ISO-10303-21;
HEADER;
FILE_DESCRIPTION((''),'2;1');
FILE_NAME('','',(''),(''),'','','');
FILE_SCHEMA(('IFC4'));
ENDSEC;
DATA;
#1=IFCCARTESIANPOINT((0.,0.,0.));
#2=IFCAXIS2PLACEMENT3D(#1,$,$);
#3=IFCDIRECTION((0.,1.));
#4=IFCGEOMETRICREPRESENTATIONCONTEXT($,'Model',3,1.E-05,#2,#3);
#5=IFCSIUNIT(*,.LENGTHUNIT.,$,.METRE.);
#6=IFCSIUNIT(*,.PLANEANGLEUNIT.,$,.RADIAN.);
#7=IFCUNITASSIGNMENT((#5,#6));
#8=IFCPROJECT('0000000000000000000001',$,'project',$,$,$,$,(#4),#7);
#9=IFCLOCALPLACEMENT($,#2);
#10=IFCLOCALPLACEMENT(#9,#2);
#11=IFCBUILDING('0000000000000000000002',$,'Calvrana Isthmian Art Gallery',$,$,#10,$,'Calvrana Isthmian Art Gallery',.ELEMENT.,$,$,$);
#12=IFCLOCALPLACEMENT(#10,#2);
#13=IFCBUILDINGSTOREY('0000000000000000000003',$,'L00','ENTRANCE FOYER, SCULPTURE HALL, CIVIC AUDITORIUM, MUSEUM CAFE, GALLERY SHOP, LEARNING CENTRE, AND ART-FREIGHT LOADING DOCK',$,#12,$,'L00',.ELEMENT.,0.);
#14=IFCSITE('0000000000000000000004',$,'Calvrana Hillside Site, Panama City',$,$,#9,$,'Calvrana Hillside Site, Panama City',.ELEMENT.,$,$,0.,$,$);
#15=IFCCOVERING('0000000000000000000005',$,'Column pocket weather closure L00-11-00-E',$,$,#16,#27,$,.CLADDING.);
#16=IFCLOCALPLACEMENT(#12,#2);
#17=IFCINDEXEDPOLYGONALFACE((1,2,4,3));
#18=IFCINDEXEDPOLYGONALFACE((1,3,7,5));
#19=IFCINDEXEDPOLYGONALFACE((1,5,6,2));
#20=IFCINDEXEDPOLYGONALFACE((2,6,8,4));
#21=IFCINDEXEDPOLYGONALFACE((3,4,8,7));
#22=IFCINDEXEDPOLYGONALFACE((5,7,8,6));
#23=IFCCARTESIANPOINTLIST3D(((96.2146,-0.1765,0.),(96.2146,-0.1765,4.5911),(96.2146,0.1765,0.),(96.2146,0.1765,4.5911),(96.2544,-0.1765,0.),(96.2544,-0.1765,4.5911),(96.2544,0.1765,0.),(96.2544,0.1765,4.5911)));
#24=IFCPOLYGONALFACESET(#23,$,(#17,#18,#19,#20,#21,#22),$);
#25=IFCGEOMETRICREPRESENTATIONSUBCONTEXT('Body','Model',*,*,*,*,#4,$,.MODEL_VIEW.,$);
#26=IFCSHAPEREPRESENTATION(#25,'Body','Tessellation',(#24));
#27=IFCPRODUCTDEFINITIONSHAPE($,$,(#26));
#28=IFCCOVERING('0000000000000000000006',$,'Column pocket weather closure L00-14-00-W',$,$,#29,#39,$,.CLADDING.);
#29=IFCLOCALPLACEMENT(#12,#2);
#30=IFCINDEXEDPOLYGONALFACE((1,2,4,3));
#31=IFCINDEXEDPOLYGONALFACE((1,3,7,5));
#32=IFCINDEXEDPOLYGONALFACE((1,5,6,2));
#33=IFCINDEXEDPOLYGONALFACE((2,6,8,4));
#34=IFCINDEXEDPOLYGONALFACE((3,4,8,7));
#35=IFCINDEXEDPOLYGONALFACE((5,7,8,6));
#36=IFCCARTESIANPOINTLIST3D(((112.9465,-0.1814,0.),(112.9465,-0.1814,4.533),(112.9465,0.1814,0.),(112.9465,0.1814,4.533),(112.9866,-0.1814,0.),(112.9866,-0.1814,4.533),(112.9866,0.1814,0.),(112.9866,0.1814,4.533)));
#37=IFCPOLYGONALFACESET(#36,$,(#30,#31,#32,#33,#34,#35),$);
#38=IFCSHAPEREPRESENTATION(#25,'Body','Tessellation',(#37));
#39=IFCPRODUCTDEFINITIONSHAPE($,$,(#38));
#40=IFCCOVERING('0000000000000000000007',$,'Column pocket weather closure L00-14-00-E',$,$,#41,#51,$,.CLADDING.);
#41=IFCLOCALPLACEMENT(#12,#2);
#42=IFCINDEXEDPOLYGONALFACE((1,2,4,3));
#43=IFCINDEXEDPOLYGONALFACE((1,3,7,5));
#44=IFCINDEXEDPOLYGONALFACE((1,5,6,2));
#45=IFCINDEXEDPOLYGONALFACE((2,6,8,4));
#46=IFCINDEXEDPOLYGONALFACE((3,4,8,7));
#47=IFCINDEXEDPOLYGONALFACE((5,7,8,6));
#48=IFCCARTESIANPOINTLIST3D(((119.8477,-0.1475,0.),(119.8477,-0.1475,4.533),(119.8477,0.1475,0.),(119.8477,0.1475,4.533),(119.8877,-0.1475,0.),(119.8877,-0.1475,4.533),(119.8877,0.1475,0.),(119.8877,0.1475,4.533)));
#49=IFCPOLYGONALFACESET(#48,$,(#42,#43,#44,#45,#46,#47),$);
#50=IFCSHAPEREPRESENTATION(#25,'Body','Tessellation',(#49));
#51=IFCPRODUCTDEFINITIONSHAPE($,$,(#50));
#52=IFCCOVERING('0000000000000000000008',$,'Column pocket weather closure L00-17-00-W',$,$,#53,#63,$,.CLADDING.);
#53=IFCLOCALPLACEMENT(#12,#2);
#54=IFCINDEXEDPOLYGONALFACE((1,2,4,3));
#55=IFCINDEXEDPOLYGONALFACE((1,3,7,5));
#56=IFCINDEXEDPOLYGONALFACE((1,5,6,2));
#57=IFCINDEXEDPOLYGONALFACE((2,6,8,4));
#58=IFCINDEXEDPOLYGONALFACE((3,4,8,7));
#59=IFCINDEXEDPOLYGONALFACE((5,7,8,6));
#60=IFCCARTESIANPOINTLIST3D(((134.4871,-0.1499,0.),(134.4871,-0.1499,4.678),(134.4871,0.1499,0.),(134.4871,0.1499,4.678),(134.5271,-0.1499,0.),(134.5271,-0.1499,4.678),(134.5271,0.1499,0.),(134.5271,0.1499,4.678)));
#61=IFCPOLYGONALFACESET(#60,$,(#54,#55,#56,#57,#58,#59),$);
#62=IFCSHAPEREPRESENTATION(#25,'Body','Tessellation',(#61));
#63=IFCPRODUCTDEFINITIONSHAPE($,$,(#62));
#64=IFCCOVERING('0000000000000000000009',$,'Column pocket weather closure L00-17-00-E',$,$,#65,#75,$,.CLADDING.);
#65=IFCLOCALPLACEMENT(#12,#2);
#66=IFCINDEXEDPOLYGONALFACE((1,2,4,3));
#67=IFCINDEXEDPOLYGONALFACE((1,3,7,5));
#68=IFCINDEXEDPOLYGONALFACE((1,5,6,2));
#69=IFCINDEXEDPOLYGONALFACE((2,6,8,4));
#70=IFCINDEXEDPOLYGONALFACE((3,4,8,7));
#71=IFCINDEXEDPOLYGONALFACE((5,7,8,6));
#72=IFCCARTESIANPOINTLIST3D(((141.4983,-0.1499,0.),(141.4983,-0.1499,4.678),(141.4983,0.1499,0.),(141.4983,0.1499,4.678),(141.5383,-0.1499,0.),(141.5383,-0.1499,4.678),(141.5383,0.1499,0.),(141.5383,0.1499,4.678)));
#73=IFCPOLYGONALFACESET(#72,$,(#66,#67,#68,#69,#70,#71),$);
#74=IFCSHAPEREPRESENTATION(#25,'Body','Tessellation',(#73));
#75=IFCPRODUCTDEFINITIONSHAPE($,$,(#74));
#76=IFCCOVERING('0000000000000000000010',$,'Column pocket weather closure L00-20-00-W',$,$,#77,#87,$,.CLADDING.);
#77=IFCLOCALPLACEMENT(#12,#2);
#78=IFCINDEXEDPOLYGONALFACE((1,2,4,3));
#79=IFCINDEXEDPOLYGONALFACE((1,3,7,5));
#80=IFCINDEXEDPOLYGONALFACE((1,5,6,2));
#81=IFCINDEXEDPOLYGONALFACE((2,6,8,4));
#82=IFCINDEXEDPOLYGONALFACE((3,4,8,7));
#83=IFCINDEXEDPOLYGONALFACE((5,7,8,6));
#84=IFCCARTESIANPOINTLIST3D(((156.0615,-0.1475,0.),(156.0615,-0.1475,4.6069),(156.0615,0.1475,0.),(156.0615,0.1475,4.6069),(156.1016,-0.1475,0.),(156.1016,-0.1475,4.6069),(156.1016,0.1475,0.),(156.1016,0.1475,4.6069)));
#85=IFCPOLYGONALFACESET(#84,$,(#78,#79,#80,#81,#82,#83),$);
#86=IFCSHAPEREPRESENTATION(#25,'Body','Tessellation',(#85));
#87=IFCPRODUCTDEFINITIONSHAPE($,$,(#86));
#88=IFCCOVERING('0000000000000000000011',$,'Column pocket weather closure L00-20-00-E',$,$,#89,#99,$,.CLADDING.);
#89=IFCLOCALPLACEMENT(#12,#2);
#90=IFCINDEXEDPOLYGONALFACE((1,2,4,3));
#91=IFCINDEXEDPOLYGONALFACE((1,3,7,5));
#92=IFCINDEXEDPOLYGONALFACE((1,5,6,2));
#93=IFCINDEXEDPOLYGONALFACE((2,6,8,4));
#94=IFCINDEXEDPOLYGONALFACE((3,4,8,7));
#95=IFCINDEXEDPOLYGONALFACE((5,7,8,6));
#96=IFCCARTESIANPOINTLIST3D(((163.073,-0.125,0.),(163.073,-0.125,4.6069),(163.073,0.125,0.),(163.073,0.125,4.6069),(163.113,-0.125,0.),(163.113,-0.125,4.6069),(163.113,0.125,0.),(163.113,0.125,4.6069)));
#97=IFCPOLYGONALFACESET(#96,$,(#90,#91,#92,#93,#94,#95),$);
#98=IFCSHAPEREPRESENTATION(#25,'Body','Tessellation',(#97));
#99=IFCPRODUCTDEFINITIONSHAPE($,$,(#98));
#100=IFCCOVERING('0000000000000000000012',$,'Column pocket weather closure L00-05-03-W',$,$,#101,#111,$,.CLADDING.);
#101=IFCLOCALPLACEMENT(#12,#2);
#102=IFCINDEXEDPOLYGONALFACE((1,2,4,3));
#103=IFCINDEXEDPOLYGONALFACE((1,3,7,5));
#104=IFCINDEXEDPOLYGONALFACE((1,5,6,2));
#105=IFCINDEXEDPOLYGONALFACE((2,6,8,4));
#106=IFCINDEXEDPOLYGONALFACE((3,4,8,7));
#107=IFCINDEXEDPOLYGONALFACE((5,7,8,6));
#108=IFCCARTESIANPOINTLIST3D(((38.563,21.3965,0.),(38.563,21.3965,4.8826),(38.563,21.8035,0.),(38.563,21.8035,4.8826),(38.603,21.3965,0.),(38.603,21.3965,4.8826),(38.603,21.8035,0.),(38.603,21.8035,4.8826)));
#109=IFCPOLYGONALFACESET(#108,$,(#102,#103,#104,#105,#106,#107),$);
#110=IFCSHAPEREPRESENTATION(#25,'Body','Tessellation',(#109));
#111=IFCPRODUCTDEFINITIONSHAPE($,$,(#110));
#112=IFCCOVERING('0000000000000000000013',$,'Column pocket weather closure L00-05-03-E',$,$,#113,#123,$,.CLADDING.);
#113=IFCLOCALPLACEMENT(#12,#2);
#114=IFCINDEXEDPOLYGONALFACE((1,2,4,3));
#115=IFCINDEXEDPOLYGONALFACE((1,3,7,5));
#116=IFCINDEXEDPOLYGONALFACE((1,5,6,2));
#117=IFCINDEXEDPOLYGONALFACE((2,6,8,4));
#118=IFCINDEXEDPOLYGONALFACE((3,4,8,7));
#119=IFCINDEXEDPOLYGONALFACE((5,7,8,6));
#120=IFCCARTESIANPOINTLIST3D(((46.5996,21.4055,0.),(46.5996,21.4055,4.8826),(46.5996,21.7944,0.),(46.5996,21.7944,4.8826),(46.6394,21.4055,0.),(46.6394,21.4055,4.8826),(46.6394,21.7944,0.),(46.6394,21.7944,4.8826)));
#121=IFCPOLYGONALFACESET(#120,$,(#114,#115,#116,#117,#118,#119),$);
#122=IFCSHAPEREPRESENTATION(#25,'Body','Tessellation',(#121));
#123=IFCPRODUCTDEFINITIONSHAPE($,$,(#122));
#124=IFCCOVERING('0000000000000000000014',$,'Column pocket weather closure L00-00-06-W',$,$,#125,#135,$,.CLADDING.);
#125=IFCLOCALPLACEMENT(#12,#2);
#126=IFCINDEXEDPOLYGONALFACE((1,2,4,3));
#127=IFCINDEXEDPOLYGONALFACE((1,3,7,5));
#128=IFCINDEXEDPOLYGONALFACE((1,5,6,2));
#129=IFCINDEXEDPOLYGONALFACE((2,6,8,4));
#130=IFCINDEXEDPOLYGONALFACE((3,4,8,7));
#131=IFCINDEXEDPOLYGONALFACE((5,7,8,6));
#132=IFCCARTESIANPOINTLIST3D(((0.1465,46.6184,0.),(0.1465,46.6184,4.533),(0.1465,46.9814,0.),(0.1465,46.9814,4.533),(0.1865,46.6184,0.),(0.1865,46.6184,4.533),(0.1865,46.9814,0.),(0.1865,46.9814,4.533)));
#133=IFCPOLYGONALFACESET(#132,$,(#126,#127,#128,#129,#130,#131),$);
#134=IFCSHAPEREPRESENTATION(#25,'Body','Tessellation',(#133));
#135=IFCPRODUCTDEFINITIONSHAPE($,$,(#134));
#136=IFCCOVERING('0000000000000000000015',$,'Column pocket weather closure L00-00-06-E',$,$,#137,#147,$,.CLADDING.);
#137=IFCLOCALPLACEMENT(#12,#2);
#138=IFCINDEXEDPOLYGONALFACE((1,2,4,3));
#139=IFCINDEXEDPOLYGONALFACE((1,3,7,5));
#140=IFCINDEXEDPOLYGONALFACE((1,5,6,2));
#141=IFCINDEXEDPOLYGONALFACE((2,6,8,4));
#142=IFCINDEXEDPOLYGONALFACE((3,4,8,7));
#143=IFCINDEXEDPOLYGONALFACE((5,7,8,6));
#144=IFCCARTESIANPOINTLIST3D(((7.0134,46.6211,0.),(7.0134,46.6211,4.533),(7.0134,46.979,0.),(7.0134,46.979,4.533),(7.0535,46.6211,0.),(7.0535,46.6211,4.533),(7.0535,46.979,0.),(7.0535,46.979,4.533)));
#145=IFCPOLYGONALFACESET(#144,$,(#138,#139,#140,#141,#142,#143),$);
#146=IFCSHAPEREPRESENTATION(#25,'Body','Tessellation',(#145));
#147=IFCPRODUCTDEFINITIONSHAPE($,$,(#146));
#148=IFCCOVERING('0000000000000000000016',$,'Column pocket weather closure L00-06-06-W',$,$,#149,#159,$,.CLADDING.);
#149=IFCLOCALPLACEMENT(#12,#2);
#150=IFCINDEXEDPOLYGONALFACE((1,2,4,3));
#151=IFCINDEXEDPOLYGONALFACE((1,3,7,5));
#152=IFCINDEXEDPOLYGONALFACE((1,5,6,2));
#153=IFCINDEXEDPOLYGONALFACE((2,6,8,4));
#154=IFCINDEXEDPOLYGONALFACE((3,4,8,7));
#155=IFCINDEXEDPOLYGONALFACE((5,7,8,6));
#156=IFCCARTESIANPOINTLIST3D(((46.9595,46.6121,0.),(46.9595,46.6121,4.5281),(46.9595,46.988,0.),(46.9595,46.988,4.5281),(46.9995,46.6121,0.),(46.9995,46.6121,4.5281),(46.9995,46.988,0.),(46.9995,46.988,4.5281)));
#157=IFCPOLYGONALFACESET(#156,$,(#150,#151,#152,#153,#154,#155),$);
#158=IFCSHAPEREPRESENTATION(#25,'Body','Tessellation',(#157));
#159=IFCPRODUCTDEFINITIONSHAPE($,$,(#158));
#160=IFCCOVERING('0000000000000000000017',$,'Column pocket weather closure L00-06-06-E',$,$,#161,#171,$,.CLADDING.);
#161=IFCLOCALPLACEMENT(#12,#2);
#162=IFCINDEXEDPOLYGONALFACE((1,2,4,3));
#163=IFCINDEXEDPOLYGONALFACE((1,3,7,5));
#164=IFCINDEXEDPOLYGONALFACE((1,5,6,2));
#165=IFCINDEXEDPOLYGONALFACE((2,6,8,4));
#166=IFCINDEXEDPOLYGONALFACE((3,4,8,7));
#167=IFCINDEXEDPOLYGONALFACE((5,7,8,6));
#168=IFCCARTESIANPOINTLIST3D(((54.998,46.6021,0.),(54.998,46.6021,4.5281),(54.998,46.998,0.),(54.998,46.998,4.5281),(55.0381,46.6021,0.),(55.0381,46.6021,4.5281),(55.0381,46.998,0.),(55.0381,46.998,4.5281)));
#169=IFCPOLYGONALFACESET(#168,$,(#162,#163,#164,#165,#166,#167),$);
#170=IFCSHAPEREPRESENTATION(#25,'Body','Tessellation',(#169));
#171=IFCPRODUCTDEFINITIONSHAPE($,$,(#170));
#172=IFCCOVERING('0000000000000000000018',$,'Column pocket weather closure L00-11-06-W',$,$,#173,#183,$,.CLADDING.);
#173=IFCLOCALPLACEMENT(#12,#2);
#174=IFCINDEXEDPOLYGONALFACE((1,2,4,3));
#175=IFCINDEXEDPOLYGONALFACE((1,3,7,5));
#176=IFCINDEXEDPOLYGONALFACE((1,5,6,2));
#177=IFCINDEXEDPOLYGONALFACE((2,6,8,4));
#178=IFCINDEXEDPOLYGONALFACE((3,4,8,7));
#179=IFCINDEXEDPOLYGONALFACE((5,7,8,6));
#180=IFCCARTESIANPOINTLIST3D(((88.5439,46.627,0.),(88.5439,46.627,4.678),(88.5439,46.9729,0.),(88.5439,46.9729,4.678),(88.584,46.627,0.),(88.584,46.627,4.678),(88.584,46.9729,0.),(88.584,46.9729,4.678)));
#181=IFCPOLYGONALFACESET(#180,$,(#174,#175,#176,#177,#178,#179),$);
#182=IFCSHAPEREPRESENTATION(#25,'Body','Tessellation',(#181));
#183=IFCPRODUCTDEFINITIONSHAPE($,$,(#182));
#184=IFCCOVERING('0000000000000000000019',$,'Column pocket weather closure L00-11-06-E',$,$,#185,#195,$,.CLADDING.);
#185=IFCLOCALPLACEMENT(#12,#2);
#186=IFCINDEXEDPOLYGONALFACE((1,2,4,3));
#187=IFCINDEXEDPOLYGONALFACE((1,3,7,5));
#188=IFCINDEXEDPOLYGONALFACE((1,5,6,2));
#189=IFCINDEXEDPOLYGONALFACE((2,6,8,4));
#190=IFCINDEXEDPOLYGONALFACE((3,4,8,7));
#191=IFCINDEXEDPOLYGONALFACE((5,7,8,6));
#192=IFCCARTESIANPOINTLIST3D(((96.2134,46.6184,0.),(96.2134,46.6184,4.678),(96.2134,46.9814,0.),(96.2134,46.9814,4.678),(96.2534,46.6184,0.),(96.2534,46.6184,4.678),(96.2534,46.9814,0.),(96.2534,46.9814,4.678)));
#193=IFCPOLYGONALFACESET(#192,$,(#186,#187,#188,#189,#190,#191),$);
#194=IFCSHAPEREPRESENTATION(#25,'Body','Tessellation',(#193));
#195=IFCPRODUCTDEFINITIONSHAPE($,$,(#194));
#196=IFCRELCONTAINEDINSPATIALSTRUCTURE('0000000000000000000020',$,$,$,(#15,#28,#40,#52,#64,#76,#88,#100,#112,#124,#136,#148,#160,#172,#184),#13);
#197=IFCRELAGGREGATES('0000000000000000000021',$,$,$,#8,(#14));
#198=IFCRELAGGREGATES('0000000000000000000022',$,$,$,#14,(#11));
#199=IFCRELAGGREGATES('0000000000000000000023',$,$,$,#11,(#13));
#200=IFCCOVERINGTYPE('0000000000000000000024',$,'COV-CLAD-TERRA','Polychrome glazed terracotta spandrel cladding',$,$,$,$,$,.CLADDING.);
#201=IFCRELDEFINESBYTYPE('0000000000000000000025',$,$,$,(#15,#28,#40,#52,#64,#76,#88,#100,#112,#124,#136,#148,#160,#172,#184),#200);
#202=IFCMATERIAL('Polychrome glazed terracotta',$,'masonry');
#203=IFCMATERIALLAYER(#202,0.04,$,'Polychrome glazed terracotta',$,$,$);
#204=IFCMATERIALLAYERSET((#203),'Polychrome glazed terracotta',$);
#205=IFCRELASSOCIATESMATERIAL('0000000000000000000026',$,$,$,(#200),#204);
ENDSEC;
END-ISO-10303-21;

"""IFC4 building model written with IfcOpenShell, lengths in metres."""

from ifc_helpers import new_model, si_unit, direction, origin, place, context, subcontext, project, spatial, polyline, outline, extrude, material, layer, layer_set, type_object, element, save


model = new_model("IFC4")

# Units and contexts
model_context = context("Model", 3, precision=1e-05, world=origin(), true_north=direction((0.0, 1.0)))
body_context = subcontext(model_context, "Body", "Model", "MODEL_VIEW")
ifc_project = project(units=[si_unit("LENGTHUNIT", "METRE"), si_unit("PLANEANGLEUNIT", "RADIAN")], contexts=[model_context])

# Site, building, storey
site_placement = place(None, origin())
site = spatial("IfcSite", under=ifc_project, at=site_placement, Name="Calvrana Hillside Site, Panama City", LongName="Calvrana Hillside Site, Panama City", CompositionType="ELEMENT", RefElevation=0.0)
building_placement = place(site_placement, origin())
building = spatial("IfcBuilding", under=site, at=building_placement, Name="Calvrana Isthmian Art Gallery", LongName="Calvrana Isthmian Art Gallery", CompositionType="ELEMENT")
storey_placement = place(building_placement, origin())
storey = spatial("IfcBuildingStorey", under=building, at=storey_placement, Name="L00", Description="ENTRANCE FOYER, SCULPTURE HALL, CIVIC AUDITORIUM, MUSEUM CAFE, GALLERY SHOP, LEARNING CENTRE, AND ART-FREIGHT LOADING DOCK", LongName="L00", CompositionType="ELEMENT", Elevation=0.0)

# Coverings
ifc_material = material(Name="Polychrome glazed terracotta", Category="masonry")
ifc_layer = layer(ifc_material, 0.04, Name="Polychrome glazed terracotta")
ifc_layer_set = layer_set([ifc_layer], Name="Polychrome glazed terracotta")
covering_type = type_object("IfcCoveringType", Name="COV-CLAD-TERRA", Description="Polychrome glazed terracotta spandrel cladding", PredefinedType="CLADDING", material=ifc_layer_set)
covering_1_placement = place(storey_placement, origin())
element("IfcCovering", 1, at=covering_1_placement, inside=storey, type_object=covering_type, Name="Column pocket weather closure L00-11-00-E", PredefinedType="CLADDING", context=body_context, shape_type="SweptSolid", body=[
    extrude(outline(polyline([(96.2146, -0.1765), (96.2544, -0.1765), (96.2544, 0.1765), (96.2146, 0.1765), (96.2146, -0.1765)])), origin(), (0.0, 0.0, 1.0), 4.5911),
])
covering_2_placement = place(storey_placement, origin())
element("IfcCovering", 2, at=covering_2_placement, inside=storey, type_object=covering_type, Name="Column pocket weather closure L00-14-00-W", PredefinedType="CLADDING", context=body_context, shape_type="SweptSolid", body=[
    extrude(outline(polyline([(112.9465, -0.1814), (112.9866, -0.1814), (112.9866, 0.1814), (112.9465, 0.1814), (112.9465, -0.1814)])), origin(), (0.0, 0.0, 1.0), 4.533),
])
covering_3_placement = place(storey_placement, origin())
element("IfcCovering", 3, at=covering_3_placement, inside=storey, type_object=covering_type, Name="Column pocket weather closure L00-14-00-E", PredefinedType="CLADDING", context=body_context, shape_type="SweptSolid", body=[
    extrude(outline(polyline([(119.8477, -0.1475), (119.8877, -0.1475), (119.8877, 0.1475), (119.8477, 0.1475), (119.8477, -0.1475)])), origin(), (0.0, 0.0, 1.0), 4.533),
])
covering_4_placement = place(storey_placement, origin())
element("IfcCovering", 4, at=covering_4_placement, inside=storey, type_object=covering_type, Name="Column pocket weather closure L00-17-00-W", PredefinedType="CLADDING", context=body_context, shape_type="SweptSolid", body=[
    extrude(outline(polyline([(134.4871, -0.1499), (134.5271, -0.1499), (134.5271, 0.1499), (134.4871, 0.1499), (134.4871, -0.1499)])), origin(), (0.0, 0.0, 1.0), 4.678),
])
covering_5_placement = place(storey_placement, origin())
element("IfcCovering", 5, at=covering_5_placement, inside=storey, type_object=covering_type, Name="Column pocket weather closure L00-17-00-E", PredefinedType="CLADDING", context=body_context, shape_type="SweptSolid", body=[
    extrude(outline(polyline([(141.4983, -0.1499), (141.5383, -0.1499), (141.5383, 0.1499), (141.4983, 0.1499), (141.4983, -0.1499)])), origin(), (0.0, 0.0, 1.0), 4.678),
])
covering_6_placement = place(storey_placement, origin())
element("IfcCovering", 6, at=covering_6_placement, inside=storey, type_object=covering_type, Name="Column pocket weather closure L00-20-00-W", PredefinedType="CLADDING", context=body_context, shape_type="SweptSolid", body=[
    extrude(outline(polyline([(156.0615, -0.1475), (156.1016, -0.1475), (156.1016, 0.1475), (156.0615, 0.1475), (156.0615, -0.1475)])), origin(), (0.0, 0.0, 1.0), 4.6069),
])
covering_7_placement = place(storey_placement, origin())
element("IfcCovering", 7, at=covering_7_placement, inside=storey, type_object=covering_type, Name="Column pocket weather closure L00-20-00-E", PredefinedType="CLADDING", context=body_context, shape_type="SweptSolid", body=[
    extrude(outline(polyline([(163.073, -0.125), (163.113, -0.125), (163.113, 0.125), (163.073, 0.125), (163.073, -0.125)])), origin(), (0.0, 0.0, 1.0), 4.6069),
])
covering_8_placement = place(storey_placement, origin())
element("IfcCovering", 8, at=covering_8_placement, inside=storey, type_object=covering_type, Name="Column pocket weather closure L00-05-03-W", PredefinedType="CLADDING", context=body_context, shape_type="SweptSolid", body=[
    extrude(outline(polyline([(38.563, 21.3965), (38.603, 21.3965), (38.603, 21.8035), (38.563, 21.8035), (38.563, 21.3965)])), origin(), (0.0, 0.0, 1.0), 4.8826),
])
covering_9_placement = place(storey_placement, origin())
element("IfcCovering", 9, at=covering_9_placement, inside=storey, type_object=covering_type, Name="Column pocket weather closure L00-05-03-E", PredefinedType="CLADDING", context=body_context, shape_type="SweptSolid", body=[
    extrude(outline(polyline([(46.5996, 21.4055), (46.6394, 21.4055), (46.6394, 21.7944), (46.5996, 21.7944), (46.5996, 21.4055)])), origin(), (0.0, 0.0, 1.0), 4.8826),
])
covering_10_placement = place(storey_placement, origin())
element("IfcCovering", 10, at=covering_10_placement, inside=storey, type_object=covering_type, Name="Column pocket weather closure L00-00-06-W", PredefinedType="CLADDING", context=body_context, shape_type="SweptSolid", body=[
    extrude(outline(polyline([(0.1465, 46.6184), (0.1865, 46.6184), (0.1865, 46.9814), (0.1465, 46.9814), (0.1465, 46.6184)])), origin(), (0.0, 0.0, 1.0), 4.533),
])
covering_11_placement = place(storey_placement, origin())
element("IfcCovering", 11, at=covering_11_placement, inside=storey, type_object=covering_type, Name="Column pocket weather closure L00-00-06-E", PredefinedType="CLADDING", context=body_context, shape_type="SweptSolid", body=[
    extrude(outline(polyline([(7.0134, 46.6211), (7.0535, 46.6211), (7.0535, 46.979), (7.0134, 46.979), (7.0134, 46.6211)])), origin(), (0.0, 0.0, 1.0), 4.533),
])
covering_12_placement = place(storey_placement, origin())
element("IfcCovering", 12, at=covering_12_placement, inside=storey, type_object=covering_type, Name="Column pocket weather closure L00-06-06-W", PredefinedType="CLADDING", context=body_context, shape_type="SweptSolid", body=[
    extrude(outline(polyline([(46.9595, 46.6121), (46.9995, 46.6121), (46.9995, 46.988), (46.9595, 46.988), (46.9595, 46.6121)])), origin(), (0.0, 0.0, 1.0), 4.5281),
])
covering_13_placement = place(storey_placement, origin())
element("IfcCovering", 13, at=covering_13_placement, inside=storey, type_object=covering_type, Name="Column pocket weather closure L00-06-06-E", PredefinedType="CLADDING", context=body_context, shape_type="SweptSolid", body=[
    extrude(outline(polyline([(54.998, 46.6021), (55.0381, 46.6021), (55.0381, 46.998), (54.998, 46.998), (54.998, 46.6021)])), origin(), (0.0, 0.0, 1.0), 4.5281),
])
covering_14_placement = place(storey_placement, origin())
element("IfcCovering", 14, at=covering_14_placement, inside=storey, type_object=covering_type, Name="Column pocket weather closure L00-11-06-W", PredefinedType="CLADDING", context=body_context, shape_type="SweptSolid", body=[
    extrude(outline(polyline([(88.5439, 46.627), (88.584, 46.627), (88.584, 46.9729), (88.5439, 46.9729), (88.5439, 46.627)])), origin(), (0.0, 0.0, 1.0), 4.678),
])
covering_15_placement = place(storey_placement, origin())
element("IfcCovering", 15, at=covering_15_placement, inside=storey, type_object=covering_type, Name="Column pocket weather closure L00-11-06-E", PredefinedType="CLADDING", context=body_context, shape_type="SweptSolid", body=[
    extrude(outline(polyline([(96.2134, 46.6184), (96.2534, 46.6184), (96.2534, 46.9814), (96.2134, 46.9814), (96.2134, 46.6184)])), origin(), (0.0, 0.0, 1.0), 4.678),
])

save(model, "model.ifc")
